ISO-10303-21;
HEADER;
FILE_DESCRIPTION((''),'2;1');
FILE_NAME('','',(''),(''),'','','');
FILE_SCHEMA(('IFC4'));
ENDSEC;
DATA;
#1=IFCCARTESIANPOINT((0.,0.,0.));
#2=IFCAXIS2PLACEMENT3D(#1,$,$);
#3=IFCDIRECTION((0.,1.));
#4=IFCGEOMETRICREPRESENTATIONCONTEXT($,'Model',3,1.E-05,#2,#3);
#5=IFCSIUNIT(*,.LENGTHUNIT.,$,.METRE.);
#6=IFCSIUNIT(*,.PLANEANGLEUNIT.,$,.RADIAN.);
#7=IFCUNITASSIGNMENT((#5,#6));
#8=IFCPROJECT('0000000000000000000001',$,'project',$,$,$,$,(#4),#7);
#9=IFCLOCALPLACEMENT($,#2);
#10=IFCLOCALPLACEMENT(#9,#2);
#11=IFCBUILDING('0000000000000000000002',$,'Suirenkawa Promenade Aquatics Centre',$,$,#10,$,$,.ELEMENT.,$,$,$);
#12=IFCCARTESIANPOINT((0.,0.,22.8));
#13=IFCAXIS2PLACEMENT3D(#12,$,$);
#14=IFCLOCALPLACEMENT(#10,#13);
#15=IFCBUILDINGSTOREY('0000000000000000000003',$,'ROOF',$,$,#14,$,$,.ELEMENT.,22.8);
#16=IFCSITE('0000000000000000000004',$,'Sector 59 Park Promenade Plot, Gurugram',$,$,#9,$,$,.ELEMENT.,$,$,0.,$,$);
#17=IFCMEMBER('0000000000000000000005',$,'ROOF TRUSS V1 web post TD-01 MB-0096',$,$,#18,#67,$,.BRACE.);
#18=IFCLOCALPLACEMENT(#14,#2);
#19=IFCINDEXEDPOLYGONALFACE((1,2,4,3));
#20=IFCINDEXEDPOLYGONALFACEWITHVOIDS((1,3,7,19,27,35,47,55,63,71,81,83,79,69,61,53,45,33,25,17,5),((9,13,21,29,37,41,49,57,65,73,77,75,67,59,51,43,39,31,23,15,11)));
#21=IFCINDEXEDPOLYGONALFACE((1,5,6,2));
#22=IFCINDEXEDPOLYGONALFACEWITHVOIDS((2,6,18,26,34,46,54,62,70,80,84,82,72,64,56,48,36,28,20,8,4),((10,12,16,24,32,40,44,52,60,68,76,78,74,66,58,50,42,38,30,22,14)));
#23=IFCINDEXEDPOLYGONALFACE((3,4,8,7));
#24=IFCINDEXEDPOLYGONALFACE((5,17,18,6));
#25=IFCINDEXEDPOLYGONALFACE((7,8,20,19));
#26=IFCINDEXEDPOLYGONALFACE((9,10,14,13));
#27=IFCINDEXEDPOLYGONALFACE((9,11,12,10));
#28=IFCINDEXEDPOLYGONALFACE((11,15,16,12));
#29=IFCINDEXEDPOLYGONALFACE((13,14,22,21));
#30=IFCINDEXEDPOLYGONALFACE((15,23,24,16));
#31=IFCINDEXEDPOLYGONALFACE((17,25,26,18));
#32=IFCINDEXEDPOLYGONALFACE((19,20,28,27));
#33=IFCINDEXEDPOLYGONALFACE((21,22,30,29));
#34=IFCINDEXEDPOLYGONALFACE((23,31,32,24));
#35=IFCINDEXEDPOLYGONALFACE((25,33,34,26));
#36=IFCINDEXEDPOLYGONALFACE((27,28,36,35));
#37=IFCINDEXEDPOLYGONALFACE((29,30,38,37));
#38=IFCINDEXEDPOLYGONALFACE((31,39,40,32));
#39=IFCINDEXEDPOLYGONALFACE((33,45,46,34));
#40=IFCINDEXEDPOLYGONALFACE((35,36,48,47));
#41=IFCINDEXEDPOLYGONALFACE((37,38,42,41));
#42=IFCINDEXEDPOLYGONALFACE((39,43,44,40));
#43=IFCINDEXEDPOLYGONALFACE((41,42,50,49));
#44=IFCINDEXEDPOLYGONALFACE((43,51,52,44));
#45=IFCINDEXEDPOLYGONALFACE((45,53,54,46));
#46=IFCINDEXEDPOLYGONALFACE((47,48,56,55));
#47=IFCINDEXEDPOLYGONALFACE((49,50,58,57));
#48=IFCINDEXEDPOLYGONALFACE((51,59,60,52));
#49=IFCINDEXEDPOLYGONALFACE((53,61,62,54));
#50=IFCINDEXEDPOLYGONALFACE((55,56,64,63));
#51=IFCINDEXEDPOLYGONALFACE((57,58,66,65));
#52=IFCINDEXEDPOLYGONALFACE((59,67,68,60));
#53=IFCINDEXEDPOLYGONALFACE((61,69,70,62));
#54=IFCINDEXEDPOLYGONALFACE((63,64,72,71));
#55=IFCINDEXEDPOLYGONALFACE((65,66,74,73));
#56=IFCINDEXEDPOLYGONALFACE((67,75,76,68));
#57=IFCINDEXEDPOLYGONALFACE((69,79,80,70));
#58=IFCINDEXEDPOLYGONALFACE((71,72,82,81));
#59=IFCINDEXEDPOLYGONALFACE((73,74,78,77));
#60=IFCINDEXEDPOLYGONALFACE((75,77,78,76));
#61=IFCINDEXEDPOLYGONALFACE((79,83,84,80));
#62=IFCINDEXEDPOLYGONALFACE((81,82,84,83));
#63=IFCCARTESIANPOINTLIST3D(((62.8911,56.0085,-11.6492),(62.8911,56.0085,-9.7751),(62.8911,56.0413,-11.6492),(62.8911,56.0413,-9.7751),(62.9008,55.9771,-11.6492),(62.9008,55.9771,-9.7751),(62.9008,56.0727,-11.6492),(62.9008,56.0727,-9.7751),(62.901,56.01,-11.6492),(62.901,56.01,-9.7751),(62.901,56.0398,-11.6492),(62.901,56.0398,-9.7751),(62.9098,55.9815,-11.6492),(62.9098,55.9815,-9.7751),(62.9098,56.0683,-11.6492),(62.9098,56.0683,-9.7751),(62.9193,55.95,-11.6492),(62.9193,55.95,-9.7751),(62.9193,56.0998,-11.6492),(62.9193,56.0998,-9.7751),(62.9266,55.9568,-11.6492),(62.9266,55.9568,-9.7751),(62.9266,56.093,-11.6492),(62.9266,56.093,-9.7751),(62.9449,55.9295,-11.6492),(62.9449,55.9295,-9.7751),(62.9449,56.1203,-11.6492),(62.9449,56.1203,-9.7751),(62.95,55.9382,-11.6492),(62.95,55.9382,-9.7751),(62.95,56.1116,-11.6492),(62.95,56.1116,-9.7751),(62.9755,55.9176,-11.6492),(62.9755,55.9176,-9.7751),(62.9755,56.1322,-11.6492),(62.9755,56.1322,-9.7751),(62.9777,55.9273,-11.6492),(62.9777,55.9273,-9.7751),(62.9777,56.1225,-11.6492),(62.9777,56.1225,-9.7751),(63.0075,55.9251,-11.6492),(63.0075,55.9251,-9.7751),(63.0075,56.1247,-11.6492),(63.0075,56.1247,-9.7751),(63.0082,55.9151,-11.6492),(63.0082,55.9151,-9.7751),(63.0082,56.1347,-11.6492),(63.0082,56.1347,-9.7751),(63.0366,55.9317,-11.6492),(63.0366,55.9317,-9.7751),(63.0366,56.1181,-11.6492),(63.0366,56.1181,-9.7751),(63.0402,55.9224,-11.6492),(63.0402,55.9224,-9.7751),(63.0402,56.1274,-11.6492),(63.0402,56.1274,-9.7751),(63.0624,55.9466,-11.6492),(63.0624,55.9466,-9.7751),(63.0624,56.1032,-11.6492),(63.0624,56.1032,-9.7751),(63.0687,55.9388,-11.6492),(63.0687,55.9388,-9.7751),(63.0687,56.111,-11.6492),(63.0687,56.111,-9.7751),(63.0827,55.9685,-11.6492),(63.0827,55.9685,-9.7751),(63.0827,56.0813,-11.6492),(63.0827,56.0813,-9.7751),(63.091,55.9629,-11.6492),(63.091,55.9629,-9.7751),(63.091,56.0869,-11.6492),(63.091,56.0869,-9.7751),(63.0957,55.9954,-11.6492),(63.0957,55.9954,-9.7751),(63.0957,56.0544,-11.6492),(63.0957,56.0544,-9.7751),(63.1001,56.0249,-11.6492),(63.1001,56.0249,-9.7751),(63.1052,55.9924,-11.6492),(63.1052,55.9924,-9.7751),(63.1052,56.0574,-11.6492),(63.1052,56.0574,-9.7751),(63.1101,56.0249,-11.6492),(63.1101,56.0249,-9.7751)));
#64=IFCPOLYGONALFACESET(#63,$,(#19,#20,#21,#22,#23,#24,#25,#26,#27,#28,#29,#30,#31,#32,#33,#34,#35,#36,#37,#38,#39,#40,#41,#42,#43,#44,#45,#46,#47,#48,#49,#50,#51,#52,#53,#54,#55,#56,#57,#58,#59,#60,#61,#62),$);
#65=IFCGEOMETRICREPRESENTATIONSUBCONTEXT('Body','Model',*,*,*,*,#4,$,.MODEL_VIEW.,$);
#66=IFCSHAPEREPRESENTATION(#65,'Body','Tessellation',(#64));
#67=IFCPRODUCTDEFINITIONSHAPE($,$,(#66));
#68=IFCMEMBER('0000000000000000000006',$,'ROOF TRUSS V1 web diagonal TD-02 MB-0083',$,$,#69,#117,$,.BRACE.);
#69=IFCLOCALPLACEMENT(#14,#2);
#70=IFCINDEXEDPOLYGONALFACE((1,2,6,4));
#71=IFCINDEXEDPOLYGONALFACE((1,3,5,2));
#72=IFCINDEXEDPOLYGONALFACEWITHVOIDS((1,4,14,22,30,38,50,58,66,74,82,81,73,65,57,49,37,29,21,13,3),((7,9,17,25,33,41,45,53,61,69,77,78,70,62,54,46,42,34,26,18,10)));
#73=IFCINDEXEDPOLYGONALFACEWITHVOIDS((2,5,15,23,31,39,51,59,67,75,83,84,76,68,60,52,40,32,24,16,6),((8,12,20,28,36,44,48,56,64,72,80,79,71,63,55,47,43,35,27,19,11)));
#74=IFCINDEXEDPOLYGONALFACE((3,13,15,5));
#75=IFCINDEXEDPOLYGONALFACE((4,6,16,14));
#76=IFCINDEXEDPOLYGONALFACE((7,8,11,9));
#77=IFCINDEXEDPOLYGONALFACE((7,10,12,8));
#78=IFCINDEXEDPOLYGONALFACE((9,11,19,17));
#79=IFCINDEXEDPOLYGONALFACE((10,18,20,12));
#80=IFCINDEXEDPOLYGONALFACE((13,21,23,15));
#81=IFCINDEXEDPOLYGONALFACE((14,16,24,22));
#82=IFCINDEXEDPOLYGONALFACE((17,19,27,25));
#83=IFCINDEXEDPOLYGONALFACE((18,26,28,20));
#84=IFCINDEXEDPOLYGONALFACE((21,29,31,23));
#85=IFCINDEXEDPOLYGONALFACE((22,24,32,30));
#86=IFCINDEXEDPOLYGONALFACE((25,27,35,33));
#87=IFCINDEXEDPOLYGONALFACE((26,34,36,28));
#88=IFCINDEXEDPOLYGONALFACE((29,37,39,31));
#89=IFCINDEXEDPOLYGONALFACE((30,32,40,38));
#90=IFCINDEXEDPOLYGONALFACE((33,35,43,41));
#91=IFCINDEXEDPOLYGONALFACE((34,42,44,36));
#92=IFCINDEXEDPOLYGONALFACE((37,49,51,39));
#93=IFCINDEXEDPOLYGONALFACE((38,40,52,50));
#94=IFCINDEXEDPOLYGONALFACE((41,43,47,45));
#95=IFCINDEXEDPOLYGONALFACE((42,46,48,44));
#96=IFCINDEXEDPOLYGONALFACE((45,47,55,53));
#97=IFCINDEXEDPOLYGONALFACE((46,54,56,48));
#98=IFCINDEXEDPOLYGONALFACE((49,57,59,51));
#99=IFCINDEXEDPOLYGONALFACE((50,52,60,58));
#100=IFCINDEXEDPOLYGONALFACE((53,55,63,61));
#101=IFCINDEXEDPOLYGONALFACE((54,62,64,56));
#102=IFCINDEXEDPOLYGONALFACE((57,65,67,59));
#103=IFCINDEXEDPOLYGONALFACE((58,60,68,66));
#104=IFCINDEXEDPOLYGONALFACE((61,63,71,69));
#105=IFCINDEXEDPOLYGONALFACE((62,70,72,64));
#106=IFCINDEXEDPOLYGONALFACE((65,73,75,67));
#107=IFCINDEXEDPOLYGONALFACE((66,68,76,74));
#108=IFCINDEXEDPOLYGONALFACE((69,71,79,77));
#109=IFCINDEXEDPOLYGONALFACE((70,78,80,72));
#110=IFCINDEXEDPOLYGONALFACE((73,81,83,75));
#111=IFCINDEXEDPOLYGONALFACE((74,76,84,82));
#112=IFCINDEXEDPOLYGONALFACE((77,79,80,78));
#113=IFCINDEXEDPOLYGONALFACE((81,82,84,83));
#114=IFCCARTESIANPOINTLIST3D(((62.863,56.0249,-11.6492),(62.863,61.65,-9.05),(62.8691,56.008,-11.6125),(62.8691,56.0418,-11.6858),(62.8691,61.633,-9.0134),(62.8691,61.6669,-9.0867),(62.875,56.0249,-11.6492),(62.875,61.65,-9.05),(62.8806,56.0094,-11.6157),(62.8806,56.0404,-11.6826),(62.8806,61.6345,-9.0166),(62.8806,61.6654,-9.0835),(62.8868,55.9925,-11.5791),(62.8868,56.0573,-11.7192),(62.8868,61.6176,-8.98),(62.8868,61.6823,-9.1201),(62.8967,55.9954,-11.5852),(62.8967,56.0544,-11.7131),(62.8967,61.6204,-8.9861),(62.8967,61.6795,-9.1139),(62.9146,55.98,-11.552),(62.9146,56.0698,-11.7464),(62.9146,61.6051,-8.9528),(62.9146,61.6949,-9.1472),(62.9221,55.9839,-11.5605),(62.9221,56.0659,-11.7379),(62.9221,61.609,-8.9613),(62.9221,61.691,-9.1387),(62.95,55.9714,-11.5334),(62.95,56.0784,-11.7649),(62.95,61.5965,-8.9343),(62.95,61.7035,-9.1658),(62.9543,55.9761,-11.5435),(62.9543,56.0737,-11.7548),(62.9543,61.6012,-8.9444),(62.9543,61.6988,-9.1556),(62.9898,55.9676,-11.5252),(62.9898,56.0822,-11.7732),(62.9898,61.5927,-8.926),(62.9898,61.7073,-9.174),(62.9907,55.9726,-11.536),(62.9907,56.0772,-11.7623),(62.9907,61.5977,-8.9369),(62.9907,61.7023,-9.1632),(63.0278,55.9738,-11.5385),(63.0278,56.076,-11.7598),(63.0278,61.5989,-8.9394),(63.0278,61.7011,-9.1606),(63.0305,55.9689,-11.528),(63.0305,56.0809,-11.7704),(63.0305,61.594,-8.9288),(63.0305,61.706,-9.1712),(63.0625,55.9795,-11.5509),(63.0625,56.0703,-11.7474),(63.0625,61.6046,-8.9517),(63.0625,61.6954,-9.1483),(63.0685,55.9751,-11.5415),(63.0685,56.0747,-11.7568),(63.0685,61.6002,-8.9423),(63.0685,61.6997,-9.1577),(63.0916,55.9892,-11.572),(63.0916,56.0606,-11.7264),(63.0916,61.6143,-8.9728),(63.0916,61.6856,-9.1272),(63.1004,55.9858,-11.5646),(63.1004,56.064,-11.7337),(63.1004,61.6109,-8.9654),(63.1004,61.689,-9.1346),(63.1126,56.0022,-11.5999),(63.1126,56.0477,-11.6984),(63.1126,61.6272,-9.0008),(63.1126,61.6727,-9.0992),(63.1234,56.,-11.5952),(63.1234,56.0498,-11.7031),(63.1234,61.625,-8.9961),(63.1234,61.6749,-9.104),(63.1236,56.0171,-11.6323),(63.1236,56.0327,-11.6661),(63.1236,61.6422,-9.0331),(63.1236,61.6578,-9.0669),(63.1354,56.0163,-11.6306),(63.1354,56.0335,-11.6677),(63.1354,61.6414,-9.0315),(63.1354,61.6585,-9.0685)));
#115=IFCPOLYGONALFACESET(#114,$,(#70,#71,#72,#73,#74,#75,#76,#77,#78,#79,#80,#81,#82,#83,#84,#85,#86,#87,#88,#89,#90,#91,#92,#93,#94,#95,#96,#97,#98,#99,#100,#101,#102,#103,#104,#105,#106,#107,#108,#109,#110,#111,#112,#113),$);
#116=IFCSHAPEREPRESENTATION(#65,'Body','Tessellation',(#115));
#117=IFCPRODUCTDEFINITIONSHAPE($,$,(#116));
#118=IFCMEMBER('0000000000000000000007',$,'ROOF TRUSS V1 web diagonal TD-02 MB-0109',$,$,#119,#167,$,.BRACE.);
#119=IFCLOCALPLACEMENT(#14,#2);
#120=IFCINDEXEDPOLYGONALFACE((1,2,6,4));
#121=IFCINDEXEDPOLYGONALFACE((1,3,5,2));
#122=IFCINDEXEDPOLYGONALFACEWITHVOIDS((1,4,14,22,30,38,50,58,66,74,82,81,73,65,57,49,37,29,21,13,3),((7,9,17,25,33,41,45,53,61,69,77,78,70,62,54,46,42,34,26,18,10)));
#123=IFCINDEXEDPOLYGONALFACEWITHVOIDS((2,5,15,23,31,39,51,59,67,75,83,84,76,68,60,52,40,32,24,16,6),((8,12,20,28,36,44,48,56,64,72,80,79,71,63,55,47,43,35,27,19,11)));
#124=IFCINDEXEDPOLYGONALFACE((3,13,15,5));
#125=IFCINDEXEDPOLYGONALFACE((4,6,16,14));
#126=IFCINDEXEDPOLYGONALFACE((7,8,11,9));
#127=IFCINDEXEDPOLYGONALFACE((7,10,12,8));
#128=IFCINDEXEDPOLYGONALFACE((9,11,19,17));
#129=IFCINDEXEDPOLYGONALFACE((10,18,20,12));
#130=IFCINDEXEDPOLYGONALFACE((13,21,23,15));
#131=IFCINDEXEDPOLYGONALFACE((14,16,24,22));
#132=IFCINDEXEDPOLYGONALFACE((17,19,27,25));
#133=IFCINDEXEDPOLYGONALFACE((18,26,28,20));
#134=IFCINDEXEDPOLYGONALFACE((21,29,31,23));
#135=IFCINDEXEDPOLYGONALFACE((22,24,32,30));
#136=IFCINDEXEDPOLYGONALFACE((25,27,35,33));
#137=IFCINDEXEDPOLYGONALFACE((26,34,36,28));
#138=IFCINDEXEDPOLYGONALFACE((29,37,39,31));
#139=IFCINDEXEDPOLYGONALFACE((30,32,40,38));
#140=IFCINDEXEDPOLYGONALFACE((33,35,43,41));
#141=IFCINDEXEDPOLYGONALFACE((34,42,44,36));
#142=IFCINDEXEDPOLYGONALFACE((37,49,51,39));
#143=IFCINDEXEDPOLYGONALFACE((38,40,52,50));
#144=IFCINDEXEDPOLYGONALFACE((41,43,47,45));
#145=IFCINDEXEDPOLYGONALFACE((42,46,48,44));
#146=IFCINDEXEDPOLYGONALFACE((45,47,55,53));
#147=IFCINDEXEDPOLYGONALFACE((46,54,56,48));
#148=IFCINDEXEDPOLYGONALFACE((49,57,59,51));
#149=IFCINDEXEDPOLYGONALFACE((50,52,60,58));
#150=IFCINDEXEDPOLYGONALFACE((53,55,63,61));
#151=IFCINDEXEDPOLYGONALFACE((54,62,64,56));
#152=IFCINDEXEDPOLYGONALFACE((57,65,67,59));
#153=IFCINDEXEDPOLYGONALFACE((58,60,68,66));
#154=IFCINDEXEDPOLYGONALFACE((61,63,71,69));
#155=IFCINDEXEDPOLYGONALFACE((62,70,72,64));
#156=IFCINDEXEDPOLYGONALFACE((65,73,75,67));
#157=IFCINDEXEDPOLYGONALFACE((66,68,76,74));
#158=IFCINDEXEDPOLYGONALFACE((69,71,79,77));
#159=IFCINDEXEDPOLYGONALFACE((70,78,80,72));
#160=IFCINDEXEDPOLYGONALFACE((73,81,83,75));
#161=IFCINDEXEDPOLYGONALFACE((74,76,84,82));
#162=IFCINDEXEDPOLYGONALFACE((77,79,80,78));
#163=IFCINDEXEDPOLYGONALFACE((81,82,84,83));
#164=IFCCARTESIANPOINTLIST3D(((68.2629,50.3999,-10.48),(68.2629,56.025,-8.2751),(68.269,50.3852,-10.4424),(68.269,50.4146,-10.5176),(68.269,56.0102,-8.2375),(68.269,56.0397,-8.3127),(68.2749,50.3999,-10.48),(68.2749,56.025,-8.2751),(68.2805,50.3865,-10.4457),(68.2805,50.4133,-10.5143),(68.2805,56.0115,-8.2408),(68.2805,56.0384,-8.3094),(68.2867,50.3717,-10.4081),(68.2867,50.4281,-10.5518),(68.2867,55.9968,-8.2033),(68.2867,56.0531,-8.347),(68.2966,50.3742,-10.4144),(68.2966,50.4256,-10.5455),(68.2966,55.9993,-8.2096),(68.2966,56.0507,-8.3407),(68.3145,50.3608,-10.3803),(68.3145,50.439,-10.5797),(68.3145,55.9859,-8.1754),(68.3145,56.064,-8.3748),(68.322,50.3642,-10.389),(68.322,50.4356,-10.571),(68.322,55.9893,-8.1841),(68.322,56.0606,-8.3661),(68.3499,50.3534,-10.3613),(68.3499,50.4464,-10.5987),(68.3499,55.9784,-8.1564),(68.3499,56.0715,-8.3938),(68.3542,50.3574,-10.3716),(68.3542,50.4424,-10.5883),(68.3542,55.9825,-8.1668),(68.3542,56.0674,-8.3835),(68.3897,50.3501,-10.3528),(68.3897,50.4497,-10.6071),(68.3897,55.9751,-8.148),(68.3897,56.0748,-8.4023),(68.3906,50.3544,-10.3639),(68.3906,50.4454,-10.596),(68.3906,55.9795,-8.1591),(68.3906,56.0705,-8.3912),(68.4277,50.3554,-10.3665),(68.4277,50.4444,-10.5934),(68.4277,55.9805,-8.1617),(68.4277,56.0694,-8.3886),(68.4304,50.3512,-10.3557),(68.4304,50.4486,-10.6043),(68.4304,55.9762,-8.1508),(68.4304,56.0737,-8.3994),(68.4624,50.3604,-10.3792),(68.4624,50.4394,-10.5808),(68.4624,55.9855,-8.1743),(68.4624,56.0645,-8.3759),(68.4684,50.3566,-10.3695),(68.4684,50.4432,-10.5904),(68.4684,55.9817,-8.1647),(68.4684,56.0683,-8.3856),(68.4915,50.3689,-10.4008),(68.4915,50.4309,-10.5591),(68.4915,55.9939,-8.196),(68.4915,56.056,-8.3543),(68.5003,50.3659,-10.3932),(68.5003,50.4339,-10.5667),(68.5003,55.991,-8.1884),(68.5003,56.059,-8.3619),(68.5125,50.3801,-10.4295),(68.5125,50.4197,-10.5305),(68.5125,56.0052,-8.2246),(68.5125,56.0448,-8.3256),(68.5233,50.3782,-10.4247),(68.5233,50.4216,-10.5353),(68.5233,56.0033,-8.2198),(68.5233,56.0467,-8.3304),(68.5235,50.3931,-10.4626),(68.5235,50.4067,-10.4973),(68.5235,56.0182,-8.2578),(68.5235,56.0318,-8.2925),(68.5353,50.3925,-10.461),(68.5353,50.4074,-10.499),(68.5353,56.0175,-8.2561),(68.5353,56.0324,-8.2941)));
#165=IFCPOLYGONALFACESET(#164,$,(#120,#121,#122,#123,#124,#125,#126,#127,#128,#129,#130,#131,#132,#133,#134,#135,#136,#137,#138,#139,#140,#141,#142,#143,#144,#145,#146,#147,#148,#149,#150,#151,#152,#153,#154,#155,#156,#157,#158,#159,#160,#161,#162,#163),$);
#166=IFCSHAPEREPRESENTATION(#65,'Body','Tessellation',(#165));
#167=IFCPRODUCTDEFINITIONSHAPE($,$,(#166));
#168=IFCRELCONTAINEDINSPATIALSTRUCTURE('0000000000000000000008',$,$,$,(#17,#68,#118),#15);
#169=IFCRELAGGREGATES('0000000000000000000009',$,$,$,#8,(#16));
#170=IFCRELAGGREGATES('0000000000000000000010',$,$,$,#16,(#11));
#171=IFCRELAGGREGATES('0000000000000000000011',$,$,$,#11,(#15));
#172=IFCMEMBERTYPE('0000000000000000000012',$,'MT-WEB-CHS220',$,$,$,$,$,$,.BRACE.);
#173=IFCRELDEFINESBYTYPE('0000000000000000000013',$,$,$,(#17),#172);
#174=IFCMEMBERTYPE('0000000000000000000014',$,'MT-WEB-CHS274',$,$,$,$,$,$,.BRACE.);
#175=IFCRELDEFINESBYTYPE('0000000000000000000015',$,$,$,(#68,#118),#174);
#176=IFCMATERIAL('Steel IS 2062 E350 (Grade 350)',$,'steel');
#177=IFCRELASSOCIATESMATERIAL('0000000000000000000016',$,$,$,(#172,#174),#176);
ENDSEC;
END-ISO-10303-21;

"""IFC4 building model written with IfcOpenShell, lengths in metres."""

from ifc_helpers import new_model, si_unit, direction, frame, origin, origin_2d, place, context, subcontext, project, spatial, hollow_circle, extrude, material, material_profile, profile_set, type_object, element, save


model = new_model("IFC4")

# Units and contexts
model_context = context("Model", 3, precision=1e-05, world=origin(), true_north=direction((0.0, 1.0)))
body_context = subcontext(model_context, "Body", "Model", "MODEL_VIEW")
ifc_project = project(units=[si_unit("LENGTHUNIT", "METRE"), si_unit("PLANEANGLEUNIT", "RADIAN")], contexts=[model_context])

# Site, building, storey
site_placement = place(None, origin())
site = spatial("IfcSite", under=ifc_project, at=site_placement, Name="Sector 59 Park Promenade Plot, Gurugram", CompositionType="ELEMENT", RefElevation=0.0)
building_placement = place(site_placement, origin())
building = spatial("IfcBuilding", under=site, at=building_placement, Name="Suirenkawa Promenade Aquatics Centre", CompositionType="ELEMENT")
storey_placement = place(building_placement, frame((0.0, 0.0, 22.8)))
storey = spatial("IfcBuildingStorey", under=building, at=storey_placement, Name="ROOF", CompositionType="ELEMENT", Elevation=22.8)

# Shared definitions
ifc_material_1 = material(Name="Steel IS 2062 E350 (Grade 350)", Category="steel")

# Members
ifc_material_profile_1 = material_profile(ifc_material_1, hollow_circle(Radius=0.1101, WallThickness=0.01, at=origin_2d()), Name="CHS 220x10", Category="steel")
ifc_profile_set_1 = profile_set([ifc_material_profile_1], Name="Steel IS 2062 E350 (Grade 350)")
member_type_1 = type_object("IfcMemberType", Name="MT-WEB-CHS220", PredefinedType="BRACE", material=ifc_profile_set_1)
member_1_placement = place(storey_placement, frame((63.0, 56.0249, -11.6492), z_axis=(0.0, 0.0, 1.0), x_axis=(1.0, 0.0, 0.0)))
element("IfcMember", 1, at=member_1_placement, inside=storey, type_object=member_type_1, Name="ROOF TRUSS V1 web post TD-01 MB-0096", PredefinedType="BRACE", context=body_context, shape_type="SweptSolid", body=[
    extrude(hollow_circle(Radius=0.1101, WallThickness=0.01, at=origin_2d()), origin(), (0.0, 0.0, 1.0), 1.874),
])
ifc_material_profile_2 = material_profile(ifc_material_1, hollow_circle(Radius=0.137, WallThickness=0.012, at=origin_2d()), Name="CHS 274x12", Category="steel")
ifc_profile_set_2 = profile_set([ifc_material_profile_2], Name="Steel IS 2062 E350 (Grade 350)")
member_type_2 = type_object("IfcMemberType", Name="MT-WEB-CHS274", PredefinedType="BRACE", material=ifc_profile_set_2)
member_2_placement = place(storey_placement, frame((63.0, 56.0249, -11.6492), z_axis=(0.0, 0.907777, 0.419453), x_axis=(-1.0, 0.0, 0.0)))
element("IfcMember", 2, at=member_2_placement, inside=storey, type_object=member_type_2, Name="ROOF TRUSS V1 web diagonal TD-02 MB-0083", PredefinedType="BRACE", context=body_context, shape_type="SweptSolid", body=[
    extrude(hollow_circle(Radius=0.137, WallThickness=0.012, at=origin_2d()), origin(), (0.0, 0.0, 1.0), 6.1965),
])
member_3_placement = place(storey_placement, frame((68.3999, 50.3999, -10.48), z_axis=(0.0, 0.931032, 0.364937), x_axis=(-1.0, 0.0, 0.0)))
element("IfcMember", 3, at=member_3_placement, inside=storey, type_object=member_type_2, Name="ROOF TRUSS V1 web diagonal TD-02 MB-0109", PredefinedType="BRACE", context=body_context, shape_type="SweptSolid", body=[
    extrude(hollow_circle(Radius=0.137, WallThickness=0.012, at=origin_2d()), origin(), (0.0, 0.0, 1.0), 6.0417),
])

save(model, "model.ifc")
